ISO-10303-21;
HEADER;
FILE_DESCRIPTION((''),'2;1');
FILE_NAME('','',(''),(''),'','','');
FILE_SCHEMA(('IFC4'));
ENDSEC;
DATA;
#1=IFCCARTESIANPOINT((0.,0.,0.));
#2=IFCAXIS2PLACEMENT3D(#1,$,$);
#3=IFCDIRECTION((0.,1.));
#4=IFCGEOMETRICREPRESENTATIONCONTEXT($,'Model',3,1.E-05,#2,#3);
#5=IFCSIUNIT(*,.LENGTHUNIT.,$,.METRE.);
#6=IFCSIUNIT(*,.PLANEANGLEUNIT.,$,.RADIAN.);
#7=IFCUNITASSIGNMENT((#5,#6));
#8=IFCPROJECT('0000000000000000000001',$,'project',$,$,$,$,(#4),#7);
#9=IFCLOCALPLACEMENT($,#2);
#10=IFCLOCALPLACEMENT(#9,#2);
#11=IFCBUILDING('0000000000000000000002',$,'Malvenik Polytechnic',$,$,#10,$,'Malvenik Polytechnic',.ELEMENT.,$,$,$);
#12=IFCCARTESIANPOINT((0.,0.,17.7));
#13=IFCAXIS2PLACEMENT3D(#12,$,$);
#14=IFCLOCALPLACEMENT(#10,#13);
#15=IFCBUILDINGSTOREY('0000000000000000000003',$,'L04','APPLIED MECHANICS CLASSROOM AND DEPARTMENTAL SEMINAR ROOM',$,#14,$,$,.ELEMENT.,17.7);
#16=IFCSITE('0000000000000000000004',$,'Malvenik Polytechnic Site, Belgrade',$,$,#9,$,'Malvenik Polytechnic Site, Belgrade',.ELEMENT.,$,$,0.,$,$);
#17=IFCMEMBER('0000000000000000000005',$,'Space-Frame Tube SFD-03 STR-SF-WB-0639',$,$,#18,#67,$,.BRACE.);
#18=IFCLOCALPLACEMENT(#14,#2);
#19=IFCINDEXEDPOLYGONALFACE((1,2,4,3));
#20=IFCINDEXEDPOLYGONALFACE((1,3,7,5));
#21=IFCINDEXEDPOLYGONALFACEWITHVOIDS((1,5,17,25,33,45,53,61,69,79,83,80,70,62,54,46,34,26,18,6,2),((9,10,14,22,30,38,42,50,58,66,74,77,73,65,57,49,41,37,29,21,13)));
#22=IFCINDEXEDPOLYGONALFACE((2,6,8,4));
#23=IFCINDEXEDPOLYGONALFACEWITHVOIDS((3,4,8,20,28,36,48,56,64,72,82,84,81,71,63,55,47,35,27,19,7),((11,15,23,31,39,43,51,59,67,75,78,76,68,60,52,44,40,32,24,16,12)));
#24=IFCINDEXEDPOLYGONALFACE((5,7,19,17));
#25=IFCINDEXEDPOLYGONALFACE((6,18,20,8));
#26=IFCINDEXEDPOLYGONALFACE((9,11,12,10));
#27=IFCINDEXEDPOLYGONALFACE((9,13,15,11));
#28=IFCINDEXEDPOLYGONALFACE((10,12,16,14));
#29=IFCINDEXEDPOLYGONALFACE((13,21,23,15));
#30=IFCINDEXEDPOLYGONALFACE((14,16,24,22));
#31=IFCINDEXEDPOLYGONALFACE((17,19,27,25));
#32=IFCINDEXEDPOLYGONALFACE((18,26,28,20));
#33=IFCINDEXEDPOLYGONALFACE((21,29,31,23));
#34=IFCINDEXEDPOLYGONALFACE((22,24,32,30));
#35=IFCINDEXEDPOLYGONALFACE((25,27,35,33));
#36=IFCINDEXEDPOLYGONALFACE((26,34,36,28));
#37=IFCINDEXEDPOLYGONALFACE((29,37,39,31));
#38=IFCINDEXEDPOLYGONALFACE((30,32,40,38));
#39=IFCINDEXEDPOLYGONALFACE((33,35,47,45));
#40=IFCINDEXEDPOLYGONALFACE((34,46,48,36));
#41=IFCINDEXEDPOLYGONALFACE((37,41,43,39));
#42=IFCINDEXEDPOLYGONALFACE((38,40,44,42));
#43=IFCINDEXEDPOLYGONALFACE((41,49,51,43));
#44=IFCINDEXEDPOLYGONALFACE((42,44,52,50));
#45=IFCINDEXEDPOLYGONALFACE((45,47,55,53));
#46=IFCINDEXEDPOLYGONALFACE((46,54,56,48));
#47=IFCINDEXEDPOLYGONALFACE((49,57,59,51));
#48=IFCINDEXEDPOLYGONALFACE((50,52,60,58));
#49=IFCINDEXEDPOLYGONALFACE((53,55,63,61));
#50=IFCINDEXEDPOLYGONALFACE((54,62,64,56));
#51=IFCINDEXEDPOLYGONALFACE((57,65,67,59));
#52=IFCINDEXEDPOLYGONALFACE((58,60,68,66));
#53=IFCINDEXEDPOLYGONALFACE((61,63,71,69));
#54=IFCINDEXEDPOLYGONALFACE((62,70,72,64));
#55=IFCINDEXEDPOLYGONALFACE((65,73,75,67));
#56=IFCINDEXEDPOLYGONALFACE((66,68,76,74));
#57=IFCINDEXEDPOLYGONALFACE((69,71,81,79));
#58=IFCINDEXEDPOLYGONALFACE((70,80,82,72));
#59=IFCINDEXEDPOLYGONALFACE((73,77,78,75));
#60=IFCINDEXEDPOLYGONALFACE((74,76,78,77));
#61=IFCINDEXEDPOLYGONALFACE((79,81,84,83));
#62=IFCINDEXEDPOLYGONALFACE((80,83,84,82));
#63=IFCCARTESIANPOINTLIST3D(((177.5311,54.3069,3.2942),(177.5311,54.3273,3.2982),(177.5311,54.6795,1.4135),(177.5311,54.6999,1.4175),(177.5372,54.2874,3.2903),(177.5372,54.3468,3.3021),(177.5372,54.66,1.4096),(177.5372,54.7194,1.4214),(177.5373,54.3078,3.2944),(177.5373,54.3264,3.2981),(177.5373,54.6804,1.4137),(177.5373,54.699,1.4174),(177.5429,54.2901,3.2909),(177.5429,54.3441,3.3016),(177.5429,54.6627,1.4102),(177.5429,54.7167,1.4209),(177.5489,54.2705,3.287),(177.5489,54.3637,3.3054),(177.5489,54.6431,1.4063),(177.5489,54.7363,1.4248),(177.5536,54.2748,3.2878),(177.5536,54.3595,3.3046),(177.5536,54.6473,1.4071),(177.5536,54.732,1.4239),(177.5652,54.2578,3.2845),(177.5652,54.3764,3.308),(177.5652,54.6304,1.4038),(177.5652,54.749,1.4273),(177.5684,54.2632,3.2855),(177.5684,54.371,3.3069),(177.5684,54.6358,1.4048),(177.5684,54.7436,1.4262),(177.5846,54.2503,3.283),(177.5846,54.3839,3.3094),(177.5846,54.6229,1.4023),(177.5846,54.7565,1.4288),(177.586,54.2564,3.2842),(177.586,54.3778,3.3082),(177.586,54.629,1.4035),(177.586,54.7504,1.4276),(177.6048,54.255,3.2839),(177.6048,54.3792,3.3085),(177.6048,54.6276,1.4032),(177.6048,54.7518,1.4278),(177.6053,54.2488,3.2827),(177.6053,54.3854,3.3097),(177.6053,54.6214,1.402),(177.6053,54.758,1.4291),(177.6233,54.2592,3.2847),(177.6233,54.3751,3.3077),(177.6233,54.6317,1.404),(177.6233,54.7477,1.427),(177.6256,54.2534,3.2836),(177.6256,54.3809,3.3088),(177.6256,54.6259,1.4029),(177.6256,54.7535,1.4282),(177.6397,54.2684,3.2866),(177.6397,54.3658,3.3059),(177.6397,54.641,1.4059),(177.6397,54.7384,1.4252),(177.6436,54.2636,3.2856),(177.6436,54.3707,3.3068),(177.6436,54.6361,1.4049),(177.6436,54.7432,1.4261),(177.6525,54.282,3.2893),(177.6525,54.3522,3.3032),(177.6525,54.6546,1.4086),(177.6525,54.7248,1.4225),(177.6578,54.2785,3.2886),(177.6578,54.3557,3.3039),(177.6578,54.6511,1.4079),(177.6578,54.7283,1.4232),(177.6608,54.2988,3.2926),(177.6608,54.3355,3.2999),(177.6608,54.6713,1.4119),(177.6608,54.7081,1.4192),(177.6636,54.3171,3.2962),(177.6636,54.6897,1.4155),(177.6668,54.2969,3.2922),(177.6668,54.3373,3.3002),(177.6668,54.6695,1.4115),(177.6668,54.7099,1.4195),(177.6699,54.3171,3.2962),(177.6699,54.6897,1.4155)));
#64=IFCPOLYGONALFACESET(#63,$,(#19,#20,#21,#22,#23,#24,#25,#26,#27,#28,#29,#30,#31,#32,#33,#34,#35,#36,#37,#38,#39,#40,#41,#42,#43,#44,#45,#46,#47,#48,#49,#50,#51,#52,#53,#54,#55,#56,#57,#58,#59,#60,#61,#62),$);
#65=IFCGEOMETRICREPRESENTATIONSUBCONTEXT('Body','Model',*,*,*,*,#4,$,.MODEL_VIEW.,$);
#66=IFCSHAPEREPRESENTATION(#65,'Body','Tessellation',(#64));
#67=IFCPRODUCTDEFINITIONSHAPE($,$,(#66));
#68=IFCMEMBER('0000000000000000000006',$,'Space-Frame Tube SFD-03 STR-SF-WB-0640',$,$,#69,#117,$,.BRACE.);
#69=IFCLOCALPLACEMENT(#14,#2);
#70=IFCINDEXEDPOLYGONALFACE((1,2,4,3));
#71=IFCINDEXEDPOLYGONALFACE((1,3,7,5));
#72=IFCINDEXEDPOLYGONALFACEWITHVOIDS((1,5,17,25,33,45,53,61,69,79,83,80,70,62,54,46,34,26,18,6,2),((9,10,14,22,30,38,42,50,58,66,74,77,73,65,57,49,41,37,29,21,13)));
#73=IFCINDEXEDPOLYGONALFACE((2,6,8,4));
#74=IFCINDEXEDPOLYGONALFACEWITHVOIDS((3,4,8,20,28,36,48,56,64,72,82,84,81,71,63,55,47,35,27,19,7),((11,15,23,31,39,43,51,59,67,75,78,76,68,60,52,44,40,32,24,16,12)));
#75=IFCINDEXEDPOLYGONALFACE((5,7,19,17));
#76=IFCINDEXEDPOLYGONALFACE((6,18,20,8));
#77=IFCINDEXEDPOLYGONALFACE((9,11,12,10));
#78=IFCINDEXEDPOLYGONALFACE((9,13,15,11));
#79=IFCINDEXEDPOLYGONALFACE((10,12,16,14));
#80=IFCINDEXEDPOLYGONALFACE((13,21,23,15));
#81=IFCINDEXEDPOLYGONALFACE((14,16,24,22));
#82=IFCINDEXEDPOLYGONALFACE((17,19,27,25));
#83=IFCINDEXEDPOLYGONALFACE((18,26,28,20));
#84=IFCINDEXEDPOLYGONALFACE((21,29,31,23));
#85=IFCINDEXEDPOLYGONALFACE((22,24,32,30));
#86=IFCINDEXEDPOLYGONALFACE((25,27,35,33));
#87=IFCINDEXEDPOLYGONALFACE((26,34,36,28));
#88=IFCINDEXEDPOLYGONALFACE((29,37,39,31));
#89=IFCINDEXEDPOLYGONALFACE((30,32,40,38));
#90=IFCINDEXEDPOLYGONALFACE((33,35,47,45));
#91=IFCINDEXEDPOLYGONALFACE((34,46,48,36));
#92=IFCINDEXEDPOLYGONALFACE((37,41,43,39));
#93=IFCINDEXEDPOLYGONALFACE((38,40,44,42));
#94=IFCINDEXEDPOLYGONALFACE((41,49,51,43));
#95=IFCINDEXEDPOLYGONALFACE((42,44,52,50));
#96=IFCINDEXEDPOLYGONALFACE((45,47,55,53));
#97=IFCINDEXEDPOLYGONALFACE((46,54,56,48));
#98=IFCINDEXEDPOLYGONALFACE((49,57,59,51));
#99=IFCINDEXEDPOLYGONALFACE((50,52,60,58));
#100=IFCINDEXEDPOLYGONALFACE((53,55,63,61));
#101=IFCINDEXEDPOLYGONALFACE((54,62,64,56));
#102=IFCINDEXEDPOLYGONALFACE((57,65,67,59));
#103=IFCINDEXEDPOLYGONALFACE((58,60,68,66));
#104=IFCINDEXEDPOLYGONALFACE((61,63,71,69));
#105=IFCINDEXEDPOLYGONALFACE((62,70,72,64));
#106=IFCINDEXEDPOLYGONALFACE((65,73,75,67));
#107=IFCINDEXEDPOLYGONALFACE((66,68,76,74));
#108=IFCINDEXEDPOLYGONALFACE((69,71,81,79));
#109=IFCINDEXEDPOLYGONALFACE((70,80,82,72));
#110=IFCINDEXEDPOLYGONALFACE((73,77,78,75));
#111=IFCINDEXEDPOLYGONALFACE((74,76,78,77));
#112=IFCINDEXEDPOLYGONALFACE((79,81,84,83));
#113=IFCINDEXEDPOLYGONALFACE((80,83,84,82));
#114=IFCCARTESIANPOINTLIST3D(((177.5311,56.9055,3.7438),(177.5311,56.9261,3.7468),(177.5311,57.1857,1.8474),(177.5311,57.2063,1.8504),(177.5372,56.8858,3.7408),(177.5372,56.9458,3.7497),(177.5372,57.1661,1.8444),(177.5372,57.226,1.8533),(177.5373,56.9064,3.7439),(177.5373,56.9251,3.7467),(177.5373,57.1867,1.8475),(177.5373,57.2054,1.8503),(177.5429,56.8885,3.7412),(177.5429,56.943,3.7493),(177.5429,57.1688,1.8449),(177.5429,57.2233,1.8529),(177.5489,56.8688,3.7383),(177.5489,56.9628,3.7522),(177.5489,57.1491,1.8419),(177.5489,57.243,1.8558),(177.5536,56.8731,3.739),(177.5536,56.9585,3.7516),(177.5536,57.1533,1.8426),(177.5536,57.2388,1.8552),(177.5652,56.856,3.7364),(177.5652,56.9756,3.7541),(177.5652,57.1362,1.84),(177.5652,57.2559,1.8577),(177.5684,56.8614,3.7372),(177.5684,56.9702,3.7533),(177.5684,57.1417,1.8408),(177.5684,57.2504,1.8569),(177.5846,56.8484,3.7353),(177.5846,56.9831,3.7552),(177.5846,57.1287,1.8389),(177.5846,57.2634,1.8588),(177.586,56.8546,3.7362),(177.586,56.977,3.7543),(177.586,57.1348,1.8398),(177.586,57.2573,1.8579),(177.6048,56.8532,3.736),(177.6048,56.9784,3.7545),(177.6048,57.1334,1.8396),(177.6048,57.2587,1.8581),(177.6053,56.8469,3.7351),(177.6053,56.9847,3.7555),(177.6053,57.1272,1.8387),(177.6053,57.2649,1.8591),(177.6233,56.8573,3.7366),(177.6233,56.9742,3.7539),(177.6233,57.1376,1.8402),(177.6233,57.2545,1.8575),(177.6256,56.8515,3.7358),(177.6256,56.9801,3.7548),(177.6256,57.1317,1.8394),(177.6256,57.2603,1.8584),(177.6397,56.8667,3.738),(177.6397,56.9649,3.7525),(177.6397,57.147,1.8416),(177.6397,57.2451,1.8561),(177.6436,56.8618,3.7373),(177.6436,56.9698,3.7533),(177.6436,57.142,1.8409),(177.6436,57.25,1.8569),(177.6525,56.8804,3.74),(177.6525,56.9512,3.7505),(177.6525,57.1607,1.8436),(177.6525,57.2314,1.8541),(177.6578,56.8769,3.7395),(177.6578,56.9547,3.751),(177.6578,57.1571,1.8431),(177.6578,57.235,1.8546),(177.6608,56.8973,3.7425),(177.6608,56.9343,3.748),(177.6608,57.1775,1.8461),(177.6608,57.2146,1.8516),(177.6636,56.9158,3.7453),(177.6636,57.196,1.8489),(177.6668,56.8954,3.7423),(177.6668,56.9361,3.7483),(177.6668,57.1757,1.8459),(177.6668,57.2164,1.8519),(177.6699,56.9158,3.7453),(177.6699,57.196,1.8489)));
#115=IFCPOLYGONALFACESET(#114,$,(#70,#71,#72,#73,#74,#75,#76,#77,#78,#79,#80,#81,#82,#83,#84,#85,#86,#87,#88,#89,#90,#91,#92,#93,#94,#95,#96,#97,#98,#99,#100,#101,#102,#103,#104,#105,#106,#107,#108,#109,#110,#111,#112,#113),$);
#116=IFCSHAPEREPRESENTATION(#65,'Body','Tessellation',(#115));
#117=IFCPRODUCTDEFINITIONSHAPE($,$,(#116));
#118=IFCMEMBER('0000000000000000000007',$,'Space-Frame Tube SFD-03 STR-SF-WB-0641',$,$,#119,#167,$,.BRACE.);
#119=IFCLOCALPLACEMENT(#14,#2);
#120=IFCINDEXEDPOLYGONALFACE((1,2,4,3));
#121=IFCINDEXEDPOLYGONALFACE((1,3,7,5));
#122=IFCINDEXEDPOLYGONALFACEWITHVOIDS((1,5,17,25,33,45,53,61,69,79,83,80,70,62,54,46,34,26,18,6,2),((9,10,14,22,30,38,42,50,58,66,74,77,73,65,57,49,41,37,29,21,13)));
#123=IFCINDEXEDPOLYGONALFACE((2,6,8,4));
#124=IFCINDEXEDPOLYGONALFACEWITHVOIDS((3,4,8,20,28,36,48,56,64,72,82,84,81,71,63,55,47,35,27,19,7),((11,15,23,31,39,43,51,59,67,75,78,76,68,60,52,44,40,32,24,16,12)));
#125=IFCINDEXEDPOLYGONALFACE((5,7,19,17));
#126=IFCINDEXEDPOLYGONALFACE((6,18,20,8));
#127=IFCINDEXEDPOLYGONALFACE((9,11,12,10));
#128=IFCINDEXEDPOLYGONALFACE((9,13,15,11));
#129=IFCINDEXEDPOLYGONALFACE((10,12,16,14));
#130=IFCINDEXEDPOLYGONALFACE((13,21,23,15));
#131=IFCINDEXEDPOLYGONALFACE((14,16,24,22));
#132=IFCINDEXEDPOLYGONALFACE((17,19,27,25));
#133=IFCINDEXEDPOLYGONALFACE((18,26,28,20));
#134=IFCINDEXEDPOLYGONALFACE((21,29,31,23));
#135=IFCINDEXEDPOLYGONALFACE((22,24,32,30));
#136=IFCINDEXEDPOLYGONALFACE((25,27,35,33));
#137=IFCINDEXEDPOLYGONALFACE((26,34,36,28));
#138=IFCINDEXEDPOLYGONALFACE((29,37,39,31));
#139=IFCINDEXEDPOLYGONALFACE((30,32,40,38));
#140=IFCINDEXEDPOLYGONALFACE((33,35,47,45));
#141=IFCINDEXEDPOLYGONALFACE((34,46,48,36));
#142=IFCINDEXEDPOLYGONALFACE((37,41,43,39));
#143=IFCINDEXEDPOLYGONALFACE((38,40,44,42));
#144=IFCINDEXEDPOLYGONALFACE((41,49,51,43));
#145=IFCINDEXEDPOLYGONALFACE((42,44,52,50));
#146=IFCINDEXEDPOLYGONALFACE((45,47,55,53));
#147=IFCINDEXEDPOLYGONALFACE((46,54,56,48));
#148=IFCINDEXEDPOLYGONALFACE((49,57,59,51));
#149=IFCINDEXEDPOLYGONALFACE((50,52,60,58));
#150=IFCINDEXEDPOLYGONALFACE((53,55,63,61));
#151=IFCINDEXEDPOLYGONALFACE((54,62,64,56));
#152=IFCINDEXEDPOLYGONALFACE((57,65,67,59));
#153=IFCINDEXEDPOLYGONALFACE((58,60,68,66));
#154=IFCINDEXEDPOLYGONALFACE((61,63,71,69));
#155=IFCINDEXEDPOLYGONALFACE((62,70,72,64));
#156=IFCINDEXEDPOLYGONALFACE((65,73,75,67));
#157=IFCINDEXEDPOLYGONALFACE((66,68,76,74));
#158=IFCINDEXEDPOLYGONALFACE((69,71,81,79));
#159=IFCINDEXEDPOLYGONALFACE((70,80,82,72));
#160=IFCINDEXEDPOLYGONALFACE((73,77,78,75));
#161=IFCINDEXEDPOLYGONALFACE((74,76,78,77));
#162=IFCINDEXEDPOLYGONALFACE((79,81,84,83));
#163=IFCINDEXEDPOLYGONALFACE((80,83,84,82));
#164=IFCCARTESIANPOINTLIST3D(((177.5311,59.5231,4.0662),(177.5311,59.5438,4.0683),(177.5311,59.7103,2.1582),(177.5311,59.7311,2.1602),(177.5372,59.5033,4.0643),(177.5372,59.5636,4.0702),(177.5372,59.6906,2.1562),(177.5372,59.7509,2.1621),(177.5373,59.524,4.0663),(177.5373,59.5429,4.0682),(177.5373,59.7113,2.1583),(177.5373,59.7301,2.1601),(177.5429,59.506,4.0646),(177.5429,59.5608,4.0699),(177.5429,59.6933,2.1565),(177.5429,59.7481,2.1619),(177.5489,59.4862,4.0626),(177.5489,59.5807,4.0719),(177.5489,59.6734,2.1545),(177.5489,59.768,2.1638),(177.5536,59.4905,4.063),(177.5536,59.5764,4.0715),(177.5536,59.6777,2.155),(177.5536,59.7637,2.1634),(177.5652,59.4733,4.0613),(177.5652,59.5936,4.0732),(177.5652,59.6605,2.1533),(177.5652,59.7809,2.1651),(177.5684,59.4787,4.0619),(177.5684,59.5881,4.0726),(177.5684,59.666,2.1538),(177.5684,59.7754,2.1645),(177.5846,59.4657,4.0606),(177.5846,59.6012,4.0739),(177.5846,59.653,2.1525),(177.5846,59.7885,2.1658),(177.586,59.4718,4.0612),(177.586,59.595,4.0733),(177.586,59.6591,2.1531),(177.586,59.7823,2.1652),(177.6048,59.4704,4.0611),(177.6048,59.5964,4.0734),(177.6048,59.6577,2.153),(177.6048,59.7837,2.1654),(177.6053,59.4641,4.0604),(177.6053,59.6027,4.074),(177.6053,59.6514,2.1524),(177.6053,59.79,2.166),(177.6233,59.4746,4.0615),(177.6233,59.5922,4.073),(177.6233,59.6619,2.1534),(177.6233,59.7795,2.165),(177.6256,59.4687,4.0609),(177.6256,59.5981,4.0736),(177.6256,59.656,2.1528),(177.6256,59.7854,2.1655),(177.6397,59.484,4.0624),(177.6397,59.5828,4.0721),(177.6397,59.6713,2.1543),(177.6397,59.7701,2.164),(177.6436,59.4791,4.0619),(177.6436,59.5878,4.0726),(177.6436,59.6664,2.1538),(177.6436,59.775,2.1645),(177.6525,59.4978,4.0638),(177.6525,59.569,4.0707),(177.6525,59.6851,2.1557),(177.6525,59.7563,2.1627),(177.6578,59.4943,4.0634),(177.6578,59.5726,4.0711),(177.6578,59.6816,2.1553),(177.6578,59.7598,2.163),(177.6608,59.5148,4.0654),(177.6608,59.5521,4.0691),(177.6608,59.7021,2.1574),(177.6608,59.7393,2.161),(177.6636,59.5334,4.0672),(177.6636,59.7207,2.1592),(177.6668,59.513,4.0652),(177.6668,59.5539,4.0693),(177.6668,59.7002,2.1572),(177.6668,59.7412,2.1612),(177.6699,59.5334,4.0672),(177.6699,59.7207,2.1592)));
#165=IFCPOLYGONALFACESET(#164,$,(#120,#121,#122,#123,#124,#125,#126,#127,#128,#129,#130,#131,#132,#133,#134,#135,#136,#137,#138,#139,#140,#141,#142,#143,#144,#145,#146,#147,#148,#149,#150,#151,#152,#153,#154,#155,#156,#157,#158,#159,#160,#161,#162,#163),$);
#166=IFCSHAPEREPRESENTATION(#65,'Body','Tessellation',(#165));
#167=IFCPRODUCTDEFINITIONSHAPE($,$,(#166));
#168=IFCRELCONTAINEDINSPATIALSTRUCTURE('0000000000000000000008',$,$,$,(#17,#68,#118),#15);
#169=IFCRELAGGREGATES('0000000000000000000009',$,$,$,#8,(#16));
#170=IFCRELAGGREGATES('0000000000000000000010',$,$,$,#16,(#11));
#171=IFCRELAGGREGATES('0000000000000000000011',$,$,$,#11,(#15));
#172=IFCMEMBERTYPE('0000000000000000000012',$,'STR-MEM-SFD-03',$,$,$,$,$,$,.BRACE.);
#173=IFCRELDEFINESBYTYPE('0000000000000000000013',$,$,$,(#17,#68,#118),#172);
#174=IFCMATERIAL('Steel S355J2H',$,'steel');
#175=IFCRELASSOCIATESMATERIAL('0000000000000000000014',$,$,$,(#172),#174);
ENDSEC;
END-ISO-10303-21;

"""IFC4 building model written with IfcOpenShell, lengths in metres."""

from ifc_helpers import new_model, si_unit, direction, frame, origin, origin_2d, place, context, subcontext, project, spatial, hollow_circle, extrude, material, material_profile, profile_set, type_object, element, save


model = new_model("IFC4")

# Units and contexts
model_context = context("Model", 3, precision=1e-05, world=origin(), true_north=direction((0.0, 1.0)))
body_context = subcontext(model_context, "Body", "Model", "MODEL_VIEW")
ifc_project = project(units=[si_unit("LENGTHUNIT", "METRE"), si_unit("PLANEANGLEUNIT", "RADIAN")], contexts=[model_context])

# Site, building, storey
site_placement = place(None, origin())
site = spatial("IfcSite", under=ifc_project, at=site_placement, Name="Malvenik Polytechnic Site, Belgrade", LongName="Malvenik Polytechnic Site, Belgrade", CompositionType="ELEMENT", RefElevation=0.0)
building_placement = place(site_placement, origin())
building = spatial("IfcBuilding", under=site, at=building_placement, Name="Malvenik Polytechnic", LongName="Malvenik Polytechnic", CompositionType="ELEMENT")
storey_placement = place(building_placement, frame((0.0, 0.0, 17.7)))
storey = spatial("IfcBuildingStorey", under=building, at=storey_placement, Name="L04", Description="APPLIED MECHANICS CLASSROOM AND DEPARTMENTAL SEMINAR ROOM", CompositionType="ELEMENT", Elevation=17.7)

# Members
ifc_material_1 = material(Name="Steel S355J2H", Category="steel")
ifc_material_profile_1 = material_profile(ifc_material_1, hollow_circle(Radius=0.0698, WallThickness=0.0063, at=origin_2d()), Name="CHS 139.7x6.3")
ifc_profile_set_1 = profile_set([ifc_material_profile_1], Name="Steel S355J2H")
member_type_1 = type_object("IfcMemberType", Name="STR-MEM-SFD-03", PredefinedType="BRACE", material=ifc_profile_set_1)
member_1_placement = place(storey_placement, frame((177.6001, 54.6897, 1.4155), z_axis=(0.0, -0.194328, 0.980937), x_axis=(1.0, 0.0, 0.0)))
element("IfcMember", 1, at=member_1_placement, inside=storey, type_object=member_type_1, Name="Space-Frame Tube SFD-03 STR-SF-WB-0639", PredefinedType="BRACE", context=body_context, shape_type="SweptSolid", body=[
    extrude(hollow_circle(Radius=0.0698, WallThickness=0.0063, at=origin_2d()), origin(), (0.0, 0.0, 1.0), 1.9172),
])
member_2_placement = place(storey_placement, frame((177.6001, 57.196, 1.8489), z_axis=(0.0, -0.146198, 0.989255), x_axis=(1.0, 0.0, 0.0)))
element("IfcMember", 2, at=member_2_placement, inside=storey, type_object=member_type_1, Name="Space-Frame Tube SFD-03 STR-SF-WB-0640", PredefinedType="BRACE", context=body_context, shape_type="SweptSolid", body=[
    extrude(hollow_circle(Radius=0.0698, WallThickness=0.0063, at=origin_2d()), origin(), (0.0, 0.0, 1.0), 1.917),
])
member_3_placement = place(storey_placement, frame((177.6001, 59.7207, 2.1592), z_axis=(0.0, -0.097675, 0.995218), x_axis=(1.0, 0.0, 0.0)))
element("IfcMember", 3, at=member_3_placement, inside=storey, type_object=member_type_1, Name="Space-Frame Tube SFD-03 STR-SF-WB-0641", PredefinedType="BRACE", context=body_context, shape_type="SweptSolid", body=[
    extrude(hollow_circle(Radius=0.0698, WallThickness=0.0063, at=origin_2d()), origin(), (0.0, 0.0, 1.0), 1.9172),
])

save(model, "model.ifc")
